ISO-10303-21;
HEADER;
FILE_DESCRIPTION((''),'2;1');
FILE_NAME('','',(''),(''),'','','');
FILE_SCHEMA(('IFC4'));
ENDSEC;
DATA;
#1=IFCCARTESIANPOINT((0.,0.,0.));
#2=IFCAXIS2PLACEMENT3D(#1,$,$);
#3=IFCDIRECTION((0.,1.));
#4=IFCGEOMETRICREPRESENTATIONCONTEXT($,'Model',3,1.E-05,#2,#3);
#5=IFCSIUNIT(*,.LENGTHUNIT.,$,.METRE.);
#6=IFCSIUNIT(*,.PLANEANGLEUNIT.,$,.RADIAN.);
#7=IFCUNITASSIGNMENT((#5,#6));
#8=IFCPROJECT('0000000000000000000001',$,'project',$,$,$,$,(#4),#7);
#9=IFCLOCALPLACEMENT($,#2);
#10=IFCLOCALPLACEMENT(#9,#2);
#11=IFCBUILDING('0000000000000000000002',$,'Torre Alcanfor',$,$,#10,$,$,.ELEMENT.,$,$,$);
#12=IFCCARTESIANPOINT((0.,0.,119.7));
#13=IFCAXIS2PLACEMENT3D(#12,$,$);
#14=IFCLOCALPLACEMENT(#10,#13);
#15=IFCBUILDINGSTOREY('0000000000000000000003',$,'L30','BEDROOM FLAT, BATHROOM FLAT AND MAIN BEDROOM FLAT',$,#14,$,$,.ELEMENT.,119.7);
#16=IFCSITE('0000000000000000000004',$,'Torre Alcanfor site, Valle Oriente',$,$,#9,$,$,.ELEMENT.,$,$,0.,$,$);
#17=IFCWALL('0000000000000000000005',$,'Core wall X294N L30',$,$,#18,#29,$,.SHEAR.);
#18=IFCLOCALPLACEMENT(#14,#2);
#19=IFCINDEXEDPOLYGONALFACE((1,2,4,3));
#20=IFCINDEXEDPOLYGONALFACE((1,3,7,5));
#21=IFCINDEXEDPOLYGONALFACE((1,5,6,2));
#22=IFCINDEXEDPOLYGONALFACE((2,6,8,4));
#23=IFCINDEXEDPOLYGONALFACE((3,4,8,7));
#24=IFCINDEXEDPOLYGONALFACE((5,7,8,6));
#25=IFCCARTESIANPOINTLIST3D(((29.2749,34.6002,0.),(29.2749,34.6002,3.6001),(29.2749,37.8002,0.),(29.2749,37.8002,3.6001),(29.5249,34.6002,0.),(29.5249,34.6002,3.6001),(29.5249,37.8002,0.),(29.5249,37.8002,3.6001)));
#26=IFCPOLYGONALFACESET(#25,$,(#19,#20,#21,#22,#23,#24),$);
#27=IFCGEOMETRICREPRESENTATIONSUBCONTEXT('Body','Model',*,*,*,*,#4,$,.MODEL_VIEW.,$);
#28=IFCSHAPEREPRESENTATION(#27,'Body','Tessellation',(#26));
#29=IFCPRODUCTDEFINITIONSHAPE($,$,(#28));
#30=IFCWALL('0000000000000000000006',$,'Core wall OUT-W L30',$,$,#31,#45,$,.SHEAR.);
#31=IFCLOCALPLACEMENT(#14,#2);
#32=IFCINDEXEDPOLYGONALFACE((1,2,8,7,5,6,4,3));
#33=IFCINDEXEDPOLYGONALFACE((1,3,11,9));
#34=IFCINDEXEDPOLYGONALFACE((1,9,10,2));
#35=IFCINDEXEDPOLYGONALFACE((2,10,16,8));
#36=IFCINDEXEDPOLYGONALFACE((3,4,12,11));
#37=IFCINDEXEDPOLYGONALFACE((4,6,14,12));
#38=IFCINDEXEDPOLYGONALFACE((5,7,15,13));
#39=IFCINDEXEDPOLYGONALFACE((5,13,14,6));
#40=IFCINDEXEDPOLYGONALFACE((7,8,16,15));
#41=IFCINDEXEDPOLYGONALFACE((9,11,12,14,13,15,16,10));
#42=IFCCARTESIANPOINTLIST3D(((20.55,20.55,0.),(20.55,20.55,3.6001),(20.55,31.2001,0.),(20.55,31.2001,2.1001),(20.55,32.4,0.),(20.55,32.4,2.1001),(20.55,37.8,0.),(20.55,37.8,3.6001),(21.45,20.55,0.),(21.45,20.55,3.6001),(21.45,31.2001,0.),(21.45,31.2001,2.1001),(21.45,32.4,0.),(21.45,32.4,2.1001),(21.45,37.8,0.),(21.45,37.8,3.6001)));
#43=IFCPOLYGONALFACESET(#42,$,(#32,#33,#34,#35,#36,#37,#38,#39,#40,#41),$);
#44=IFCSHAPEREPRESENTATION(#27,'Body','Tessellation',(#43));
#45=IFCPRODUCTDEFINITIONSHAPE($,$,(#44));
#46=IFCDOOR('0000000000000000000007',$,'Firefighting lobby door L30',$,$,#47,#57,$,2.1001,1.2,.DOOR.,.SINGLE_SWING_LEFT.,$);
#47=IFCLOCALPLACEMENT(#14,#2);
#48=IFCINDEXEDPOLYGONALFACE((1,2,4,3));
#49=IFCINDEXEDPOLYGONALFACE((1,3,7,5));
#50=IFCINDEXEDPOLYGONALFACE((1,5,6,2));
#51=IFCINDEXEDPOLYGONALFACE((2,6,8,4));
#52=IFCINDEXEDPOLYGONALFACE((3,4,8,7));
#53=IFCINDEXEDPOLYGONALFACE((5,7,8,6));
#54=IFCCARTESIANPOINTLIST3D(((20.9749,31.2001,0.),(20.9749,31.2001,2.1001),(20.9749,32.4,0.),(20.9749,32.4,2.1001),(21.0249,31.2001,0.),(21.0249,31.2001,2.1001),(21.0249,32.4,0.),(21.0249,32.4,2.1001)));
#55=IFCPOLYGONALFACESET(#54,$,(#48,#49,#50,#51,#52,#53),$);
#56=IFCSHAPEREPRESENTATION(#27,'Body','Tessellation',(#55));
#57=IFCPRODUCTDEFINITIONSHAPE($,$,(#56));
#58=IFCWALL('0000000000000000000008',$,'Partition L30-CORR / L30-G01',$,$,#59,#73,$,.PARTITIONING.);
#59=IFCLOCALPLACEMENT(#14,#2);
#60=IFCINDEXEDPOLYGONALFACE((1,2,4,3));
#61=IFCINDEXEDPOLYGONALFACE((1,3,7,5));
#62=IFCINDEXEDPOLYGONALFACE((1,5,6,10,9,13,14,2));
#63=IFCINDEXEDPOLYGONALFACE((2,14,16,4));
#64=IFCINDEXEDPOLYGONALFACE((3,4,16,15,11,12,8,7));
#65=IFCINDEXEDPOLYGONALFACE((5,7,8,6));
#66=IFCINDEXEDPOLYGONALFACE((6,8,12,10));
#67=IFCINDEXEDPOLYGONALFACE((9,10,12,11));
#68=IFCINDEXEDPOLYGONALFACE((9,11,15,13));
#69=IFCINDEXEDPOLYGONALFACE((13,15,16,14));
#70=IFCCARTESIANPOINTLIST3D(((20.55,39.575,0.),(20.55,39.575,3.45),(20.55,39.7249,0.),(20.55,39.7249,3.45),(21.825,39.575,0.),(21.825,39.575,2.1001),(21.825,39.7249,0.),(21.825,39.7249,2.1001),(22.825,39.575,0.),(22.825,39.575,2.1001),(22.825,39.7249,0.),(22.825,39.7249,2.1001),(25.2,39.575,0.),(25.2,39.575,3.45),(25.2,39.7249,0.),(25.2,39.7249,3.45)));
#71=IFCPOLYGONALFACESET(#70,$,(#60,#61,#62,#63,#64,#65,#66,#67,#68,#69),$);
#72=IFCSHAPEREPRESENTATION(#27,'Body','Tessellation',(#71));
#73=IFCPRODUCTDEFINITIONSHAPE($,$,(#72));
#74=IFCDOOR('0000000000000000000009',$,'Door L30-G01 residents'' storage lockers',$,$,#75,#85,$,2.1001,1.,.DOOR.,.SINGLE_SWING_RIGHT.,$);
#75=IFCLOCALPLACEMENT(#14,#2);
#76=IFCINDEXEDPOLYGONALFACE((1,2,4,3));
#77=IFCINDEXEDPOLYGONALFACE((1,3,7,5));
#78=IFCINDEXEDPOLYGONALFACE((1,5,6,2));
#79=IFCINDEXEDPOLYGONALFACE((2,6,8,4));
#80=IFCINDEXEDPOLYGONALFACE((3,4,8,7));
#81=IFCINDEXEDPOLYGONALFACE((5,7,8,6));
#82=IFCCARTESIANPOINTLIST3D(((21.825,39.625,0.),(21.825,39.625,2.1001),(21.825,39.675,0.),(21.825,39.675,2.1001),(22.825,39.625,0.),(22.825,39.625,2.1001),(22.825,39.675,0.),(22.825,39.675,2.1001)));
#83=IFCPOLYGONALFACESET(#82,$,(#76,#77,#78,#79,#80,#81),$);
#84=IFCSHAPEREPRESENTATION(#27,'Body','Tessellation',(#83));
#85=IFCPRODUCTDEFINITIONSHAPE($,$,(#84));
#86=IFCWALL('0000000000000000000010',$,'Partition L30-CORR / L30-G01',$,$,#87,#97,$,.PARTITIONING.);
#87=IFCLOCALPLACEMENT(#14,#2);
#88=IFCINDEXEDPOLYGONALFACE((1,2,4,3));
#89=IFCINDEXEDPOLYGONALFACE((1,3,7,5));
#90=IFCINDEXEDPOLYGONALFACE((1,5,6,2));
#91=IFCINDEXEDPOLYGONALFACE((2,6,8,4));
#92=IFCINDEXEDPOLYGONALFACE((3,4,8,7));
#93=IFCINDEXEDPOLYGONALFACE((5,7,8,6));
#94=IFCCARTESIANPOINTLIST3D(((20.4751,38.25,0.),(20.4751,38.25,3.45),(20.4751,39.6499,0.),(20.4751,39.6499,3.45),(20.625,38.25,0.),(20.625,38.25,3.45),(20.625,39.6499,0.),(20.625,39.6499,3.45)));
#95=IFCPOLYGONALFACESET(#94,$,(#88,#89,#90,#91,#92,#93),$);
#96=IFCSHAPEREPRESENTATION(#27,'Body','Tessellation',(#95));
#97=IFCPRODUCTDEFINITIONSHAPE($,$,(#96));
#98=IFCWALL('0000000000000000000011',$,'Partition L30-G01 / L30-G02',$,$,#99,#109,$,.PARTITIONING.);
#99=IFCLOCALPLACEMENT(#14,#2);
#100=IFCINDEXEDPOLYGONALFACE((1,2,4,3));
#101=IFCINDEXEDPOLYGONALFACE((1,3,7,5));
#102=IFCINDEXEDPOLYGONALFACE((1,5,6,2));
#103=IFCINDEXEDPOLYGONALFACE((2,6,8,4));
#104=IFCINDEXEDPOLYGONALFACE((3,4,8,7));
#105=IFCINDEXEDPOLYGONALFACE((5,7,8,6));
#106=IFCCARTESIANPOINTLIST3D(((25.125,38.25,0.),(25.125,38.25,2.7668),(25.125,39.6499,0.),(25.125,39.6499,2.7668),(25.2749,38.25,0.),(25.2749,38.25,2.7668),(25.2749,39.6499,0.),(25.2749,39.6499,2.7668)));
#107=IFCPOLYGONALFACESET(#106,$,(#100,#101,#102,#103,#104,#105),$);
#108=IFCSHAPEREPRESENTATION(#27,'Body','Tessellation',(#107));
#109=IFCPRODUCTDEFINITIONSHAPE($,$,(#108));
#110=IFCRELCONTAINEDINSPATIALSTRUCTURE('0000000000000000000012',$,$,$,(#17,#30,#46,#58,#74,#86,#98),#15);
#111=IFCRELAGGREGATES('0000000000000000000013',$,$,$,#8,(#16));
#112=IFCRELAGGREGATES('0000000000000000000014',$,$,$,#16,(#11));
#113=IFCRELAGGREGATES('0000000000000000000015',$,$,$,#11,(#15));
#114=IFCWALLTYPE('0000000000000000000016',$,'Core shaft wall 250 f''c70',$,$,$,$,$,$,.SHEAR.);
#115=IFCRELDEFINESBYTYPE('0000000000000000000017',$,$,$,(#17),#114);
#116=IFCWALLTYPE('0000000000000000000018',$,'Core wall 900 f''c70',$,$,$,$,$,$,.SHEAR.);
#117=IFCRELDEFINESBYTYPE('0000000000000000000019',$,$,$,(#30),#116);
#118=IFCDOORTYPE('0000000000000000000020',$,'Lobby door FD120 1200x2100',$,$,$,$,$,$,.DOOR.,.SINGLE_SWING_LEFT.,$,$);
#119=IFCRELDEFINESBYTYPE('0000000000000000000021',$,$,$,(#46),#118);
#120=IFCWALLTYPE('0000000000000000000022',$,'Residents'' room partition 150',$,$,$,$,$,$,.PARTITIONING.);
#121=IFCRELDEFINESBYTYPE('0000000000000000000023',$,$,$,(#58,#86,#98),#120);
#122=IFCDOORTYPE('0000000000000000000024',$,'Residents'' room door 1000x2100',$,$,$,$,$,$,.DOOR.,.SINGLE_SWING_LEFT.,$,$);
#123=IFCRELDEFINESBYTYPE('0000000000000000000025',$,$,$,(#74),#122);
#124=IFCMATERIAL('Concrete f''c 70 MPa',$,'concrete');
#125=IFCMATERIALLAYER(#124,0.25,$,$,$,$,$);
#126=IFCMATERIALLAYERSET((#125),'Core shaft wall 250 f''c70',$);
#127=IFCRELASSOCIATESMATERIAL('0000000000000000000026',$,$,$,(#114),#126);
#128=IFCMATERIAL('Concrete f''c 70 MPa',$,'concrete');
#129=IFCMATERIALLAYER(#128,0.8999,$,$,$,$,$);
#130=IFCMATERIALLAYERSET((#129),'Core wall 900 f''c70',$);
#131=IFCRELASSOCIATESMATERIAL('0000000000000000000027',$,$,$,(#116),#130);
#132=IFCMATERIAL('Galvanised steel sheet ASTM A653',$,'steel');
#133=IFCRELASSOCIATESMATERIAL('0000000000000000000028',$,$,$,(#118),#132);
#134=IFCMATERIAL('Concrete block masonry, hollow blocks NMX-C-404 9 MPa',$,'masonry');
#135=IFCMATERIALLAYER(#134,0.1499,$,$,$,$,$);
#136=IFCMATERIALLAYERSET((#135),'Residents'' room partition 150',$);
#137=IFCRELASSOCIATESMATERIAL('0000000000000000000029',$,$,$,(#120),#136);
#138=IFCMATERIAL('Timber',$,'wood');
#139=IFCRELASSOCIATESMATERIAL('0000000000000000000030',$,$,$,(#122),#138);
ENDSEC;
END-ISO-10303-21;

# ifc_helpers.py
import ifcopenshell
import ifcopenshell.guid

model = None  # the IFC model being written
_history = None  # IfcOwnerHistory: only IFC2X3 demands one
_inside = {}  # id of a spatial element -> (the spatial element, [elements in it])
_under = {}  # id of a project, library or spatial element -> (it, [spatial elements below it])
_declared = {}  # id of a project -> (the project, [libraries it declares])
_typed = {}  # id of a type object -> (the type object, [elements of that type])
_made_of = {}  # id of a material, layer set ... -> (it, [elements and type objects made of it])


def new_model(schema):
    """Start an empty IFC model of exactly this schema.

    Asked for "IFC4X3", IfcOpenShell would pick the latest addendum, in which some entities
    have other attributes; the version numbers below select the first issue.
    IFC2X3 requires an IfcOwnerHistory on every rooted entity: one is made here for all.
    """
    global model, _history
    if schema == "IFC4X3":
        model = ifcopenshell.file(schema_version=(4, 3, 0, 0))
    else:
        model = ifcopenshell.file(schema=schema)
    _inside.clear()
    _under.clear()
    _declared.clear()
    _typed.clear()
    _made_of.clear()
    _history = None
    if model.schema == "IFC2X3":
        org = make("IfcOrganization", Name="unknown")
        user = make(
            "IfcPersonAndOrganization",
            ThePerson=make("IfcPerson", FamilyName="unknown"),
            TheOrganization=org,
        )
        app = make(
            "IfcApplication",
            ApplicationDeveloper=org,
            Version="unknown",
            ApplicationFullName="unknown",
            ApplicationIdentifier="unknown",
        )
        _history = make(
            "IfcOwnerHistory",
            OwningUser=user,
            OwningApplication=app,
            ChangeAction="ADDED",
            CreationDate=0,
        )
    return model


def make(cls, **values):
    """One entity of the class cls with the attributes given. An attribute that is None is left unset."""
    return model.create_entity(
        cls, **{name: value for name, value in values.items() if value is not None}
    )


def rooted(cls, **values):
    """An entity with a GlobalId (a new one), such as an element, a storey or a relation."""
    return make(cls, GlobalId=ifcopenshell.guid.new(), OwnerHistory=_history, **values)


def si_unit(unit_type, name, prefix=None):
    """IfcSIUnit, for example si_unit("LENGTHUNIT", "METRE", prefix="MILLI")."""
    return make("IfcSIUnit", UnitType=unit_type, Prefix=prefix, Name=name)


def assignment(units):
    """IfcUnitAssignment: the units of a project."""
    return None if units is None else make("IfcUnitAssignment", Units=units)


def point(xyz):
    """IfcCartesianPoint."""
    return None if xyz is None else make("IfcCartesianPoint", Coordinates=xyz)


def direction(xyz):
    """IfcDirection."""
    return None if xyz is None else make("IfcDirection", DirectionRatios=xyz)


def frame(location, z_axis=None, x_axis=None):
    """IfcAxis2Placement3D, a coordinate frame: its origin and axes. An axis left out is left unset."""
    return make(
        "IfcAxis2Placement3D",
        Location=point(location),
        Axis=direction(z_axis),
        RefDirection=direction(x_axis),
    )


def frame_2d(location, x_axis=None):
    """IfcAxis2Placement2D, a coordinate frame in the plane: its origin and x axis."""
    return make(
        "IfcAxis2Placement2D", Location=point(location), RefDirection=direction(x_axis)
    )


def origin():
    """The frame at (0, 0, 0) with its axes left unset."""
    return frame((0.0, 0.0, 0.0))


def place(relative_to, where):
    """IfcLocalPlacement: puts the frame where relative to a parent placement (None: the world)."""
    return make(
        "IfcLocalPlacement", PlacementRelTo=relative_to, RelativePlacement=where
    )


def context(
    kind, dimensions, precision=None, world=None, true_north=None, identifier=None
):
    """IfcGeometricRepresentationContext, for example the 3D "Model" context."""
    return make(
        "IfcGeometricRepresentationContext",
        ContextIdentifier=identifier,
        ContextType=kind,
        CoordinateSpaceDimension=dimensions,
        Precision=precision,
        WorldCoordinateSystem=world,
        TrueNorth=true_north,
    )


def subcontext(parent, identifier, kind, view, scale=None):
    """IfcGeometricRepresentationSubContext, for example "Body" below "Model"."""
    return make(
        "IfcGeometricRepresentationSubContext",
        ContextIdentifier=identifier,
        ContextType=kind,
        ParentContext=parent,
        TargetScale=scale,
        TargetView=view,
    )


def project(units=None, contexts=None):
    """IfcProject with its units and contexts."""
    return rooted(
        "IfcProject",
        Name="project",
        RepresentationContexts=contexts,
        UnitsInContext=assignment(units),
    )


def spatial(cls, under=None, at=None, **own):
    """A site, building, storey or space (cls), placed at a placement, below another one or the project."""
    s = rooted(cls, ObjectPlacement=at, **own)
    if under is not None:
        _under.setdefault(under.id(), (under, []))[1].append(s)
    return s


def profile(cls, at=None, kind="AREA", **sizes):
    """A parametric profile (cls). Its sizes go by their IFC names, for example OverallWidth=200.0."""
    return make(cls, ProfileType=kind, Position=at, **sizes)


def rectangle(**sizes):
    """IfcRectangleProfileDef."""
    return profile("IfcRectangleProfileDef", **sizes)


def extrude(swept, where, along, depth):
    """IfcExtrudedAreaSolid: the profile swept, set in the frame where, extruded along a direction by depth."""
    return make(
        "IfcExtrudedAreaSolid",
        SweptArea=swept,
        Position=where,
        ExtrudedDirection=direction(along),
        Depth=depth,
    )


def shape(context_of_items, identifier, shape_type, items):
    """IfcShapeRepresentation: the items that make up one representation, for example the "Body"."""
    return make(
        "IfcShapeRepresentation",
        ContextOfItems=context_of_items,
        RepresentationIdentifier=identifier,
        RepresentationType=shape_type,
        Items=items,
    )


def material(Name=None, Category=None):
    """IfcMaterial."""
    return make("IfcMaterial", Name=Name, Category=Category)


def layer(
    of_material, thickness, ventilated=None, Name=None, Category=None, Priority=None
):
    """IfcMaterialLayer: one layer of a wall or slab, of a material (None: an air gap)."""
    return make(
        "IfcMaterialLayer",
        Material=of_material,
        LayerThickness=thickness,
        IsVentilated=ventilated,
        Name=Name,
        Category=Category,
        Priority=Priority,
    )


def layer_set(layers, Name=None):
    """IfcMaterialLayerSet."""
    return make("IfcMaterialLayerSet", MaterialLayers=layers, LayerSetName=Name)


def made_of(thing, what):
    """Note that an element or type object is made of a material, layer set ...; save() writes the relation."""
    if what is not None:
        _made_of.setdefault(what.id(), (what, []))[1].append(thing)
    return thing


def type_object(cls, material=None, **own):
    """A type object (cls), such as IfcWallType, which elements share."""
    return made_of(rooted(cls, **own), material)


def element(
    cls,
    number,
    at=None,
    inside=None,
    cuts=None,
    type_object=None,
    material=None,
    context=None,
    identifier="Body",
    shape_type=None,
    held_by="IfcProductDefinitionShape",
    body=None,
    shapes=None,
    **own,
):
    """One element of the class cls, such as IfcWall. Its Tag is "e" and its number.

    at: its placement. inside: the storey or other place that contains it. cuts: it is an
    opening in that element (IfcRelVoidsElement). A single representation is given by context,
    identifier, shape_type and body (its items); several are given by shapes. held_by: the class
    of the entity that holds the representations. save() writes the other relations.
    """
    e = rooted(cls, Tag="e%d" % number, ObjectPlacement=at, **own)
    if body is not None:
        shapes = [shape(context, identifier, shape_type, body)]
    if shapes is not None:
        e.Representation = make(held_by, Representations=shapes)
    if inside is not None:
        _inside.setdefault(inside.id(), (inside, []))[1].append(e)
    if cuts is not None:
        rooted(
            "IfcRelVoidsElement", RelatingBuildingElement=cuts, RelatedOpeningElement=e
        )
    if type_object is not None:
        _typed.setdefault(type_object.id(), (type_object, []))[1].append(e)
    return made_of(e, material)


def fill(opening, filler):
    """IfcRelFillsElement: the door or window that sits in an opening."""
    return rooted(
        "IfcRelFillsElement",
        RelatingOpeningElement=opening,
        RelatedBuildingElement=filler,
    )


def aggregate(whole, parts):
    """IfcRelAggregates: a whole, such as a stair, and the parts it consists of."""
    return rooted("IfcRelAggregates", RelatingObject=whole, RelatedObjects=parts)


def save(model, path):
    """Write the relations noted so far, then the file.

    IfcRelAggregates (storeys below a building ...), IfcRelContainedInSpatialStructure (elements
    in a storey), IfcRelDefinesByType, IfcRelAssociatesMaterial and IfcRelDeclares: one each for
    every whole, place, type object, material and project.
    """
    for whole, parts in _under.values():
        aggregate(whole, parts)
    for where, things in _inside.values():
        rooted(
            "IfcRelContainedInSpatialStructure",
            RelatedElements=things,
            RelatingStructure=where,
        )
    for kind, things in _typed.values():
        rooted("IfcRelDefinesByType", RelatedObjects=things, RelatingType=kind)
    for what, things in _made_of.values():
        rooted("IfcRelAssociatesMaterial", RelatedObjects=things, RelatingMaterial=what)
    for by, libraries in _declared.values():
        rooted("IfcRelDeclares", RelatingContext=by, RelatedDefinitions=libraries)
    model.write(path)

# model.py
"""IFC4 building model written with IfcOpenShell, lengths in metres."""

from ifc_helpers import new_model, si_unit, direction, frame, frame_2d, origin, place, context, subcontext, project, spatial, rectangle, extrude, material, layer, layer_set, type_object, element, fill, save


model = new_model("IFC4")

# Units and contexts
model_context = context("Model", 3, precision=1e-05, world=origin(), true_north=direction((0.0, 1.0)))
body_context = subcontext(model_context, "Body", "Model", "MODEL_VIEW")
ifc_project = project(units=[si_unit("LENGTHUNIT", "METRE"), si_unit("PLANEANGLEUNIT", "RADIAN")], contexts=[model_context])

# Site, building, storey
site_placement = place(None, origin())
site = spatial("IfcSite", under=ifc_project, at=site_placement, Name="Torre Alcanfor site, Valle Oriente", CompositionType="ELEMENT", RefElevation=0.0)
building_placement = place(site_placement, origin())
building = spatial("IfcBuilding", under=site, at=building_placement, Name="Torre Alcanfor", CompositionType="ELEMENT")
storey_placement = place(building_placement, frame((0.0, 0.0, 119.7)))
storey = spatial("IfcBuildingStorey", under=building, at=storey_placement, Name="L30", Description="BEDROOM FLAT, BATHROOM FLAT AND MAIN BEDROOM FLAT", CompositionType="ELEMENT", Elevation=119.7)

# Wall
ifc_material_1 = material(Name="Concrete f'c 70 MPa", Category="concrete")
ifc_layer_1 = layer(ifc_material_1, 0.25)
ifc_layer_set_1 = layer_set([ifc_layer_1], Name="Core shaft wall 250 f'c70")
wall_type_1 = type_object("IfcWallType", Name="Core shaft wall 250 f'c70", PredefinedType="SHEAR", material=ifc_layer_set_1)
wall_1_placement = place(storey_placement, frame((29.3999, 34.6001, 0.0), z_axis=(0.0, 0.0, 1.0), x_axis=(0.0, 1.0, 0.0)))
element("IfcWall", 1, at=wall_1_placement, inside=storey, type_object=wall_type_1, Name="Core wall X294N L30", PredefinedType="SHEAR", context=body_context, shape_type="SweptSolid", body=[
    extrude(rectangle(XDim=3.2, YDim=0.25, at=frame_2d((1.6001, 0.0))), origin(), (0.0, 0.0, 1.0), 3.6001),
])

# Walls, openings, doors
ifc_material_2 = material(Name="Concrete f'c 70 MPa", Category="concrete")
ifc_layer_2 = layer(ifc_material_2, 0.8999)
ifc_layer_set_2 = layer_set([ifc_layer_2], Name="Core wall 900 f'c70")
wall_type_2 = type_object("IfcWallType", Name="Core wall 900 f'c70", PredefinedType="SHEAR", material=ifc_layer_set_2)
wall_2_placement = place(storey_placement, frame((21.0, 37.8, 0.0), z_axis=(0.0, 0.0, 1.0), x_axis=(0.0, -1.0, 0.0)))
wall_2 = element("IfcWall", 2, at=wall_2_placement, inside=storey, type_object=wall_type_2, Name="Core wall OUT-W L30", PredefinedType="SHEAR", context=body_context, shape_type="SweptSolid", body=[
    extrude(rectangle(XDim=17.25, YDim=0.8999, at=frame_2d((8.625, 0.0))), origin(), (0.0, 0.0, 1.0), 3.6001),
])
opening_1_placement = place(wall_2_placement, frame((5.3999, 0.0, 0.0)))
opening_1 = element("IfcOpeningElement", 3, at=opening_1_placement, cuts=wall_2, PredefinedType="OPENING", context=body_context, shape_type="SweptSolid", body=[
    extrude(rectangle(XDim=1.2, YDim=2.1001, at=frame_2d((0.6001, 1.05))), frame((0.0, 0.46, 0.0), z_axis=(0.0, -1.0, 0.0), x_axis=(1.0, 0.0, 0.0)), (0.0, 0.0, 1.0), 0.9199),
])
ifc_material_3 = material(Name="Galvanised steel sheet ASTM A653", Category="steel")
door_type_1 = type_object("IfcDoorType", Name="Lobby door FD120 1200x2100", OperationType="SINGLE_SWING_LEFT", PredefinedType="DOOR", material=ifc_material_3)
door_1_placement = place(opening_1_placement, origin())
door_1 = element("IfcDoor", 4, at=door_1_placement, inside=storey, type_object=door_type_1, Name="Firefighting lobby door L30", OperationType="SINGLE_SWING_LEFT", OverallHeight=2.1001, OverallWidth=1.2, PredefinedType="DOOR", context=body_context, shape_type="SweptSolid", body=[
    extrude(rectangle(XDim=1.2, YDim=2.1001, at=frame_2d((0.6001, 1.05))), frame((0.0, 0.0249, 0.0), z_axis=(0.0, -1.0, 0.0), x_axis=(1.0, 0.0, 0.0)), (0.0, 0.0, 1.0), 0.05),
])
fill(opening_1, door_1)
ifc_material_4 = material(Name="Concrete block masonry, hollow blocks NMX-C-404 9 MPa", Category="masonry")
ifc_layer_3 = layer(ifc_material_4, 0.1499)
ifc_layer_set_3 = layer_set([ifc_layer_3], Name="Residents' room partition 150")
wall_type_3 = type_object("IfcWallType", Name="Residents' room partition 150", PredefinedType="PARTITIONING", material=ifc_layer_set_3)
wall_3_placement = place(storey_placement, frame((25.2, 39.6499, 0.0), z_axis=(0.0, 0.0, 1.0), x_axis=(-1.0, 0.0, 0.0)))
wall_3 = element("IfcWall", 5, at=wall_3_placement, inside=storey, type_object=wall_type_3, Name="Partition L30-CORR / L30-G01", PredefinedType="PARTITIONING", context=body_context, shape_type="SweptSolid", body=[
    extrude(rectangle(XDim=4.6499, YDim=0.1499, at=frame_2d((2.325, 0.0))), origin(), (0.0, 0.0, 1.0), 3.45),
])
opening_2_placement = place(wall_3_placement, frame((2.375, 0.0, 0.0)))
opening_2 = element("IfcOpeningElement", 6, at=opening_2_placement, cuts=wall_3, PredefinedType="OPENING", context=body_context, shape_type="SweptSolid", body=[
    extrude(rectangle(XDim=1.0, YDim=2.1001, at=frame_2d((0.5, 1.05))), frame((0.0, 0.085, 0.0), z_axis=(0.0, -1.0, 0.0), x_axis=(1.0, 0.0, 0.0)), (0.0, 0.0, 1.0), 0.1699),
])
ifc_material_5 = material(Name="Timber", Category="wood")
door_type_2 = type_object("IfcDoorType", Name="Residents' room door 1000x2100", OperationType="SINGLE_SWING_LEFT", PredefinedType="DOOR", material=ifc_material_5)
door_2_placement = place(opening_2_placement, origin())
door_2 = element("IfcDoor", 7, at=door_2_placement, inside=storey, type_object=door_type_2, Name="Door L30-G01 residents' storage lockers", OperationType="SINGLE_SWING_RIGHT", OverallHeight=2.1001, OverallWidth=1.0, PredefinedType="DOOR", context=body_context, shape_type="SweptSolid", body=[
    extrude(rectangle(XDim=1.0, YDim=2.1001, at=frame_2d((0.5, 1.05))), frame((0.0, 0.0249, 0.0), z_axis=(0.0, -1.0, 0.0), x_axis=(1.0, 0.0, 0.0)), (0.0, 0.0, 1.0), 0.05),
])
fill(opening_2, door_2)

# Walls
wall_4_placement = place(storey_placement, frame((20.55, 39.6499, 0.0), z_axis=(0.0, 0.0, 1.0), x_axis=(0.0, -1.0, 0.0)))
element("IfcWall", 8, at=wall_4_placement, inside=storey, type_object=wall_type_3, Name="Partition L30-CORR / L30-G01", PredefinedType="PARTITIONING", context=body_context, shape_type="SweptSolid", body=[
    extrude(rectangle(XDim=1.3999, YDim=0.1499, at=frame_2d((0.7, 0.0))), origin(), (0.0, 0.0, 1.0), 3.45),
])
wall_5_placement = place(storey_placement, frame((25.2, 38.25, 0.0), z_axis=(0.0, 0.0, 1.0), x_axis=(0.0, 1.0, 0.0)))
element("IfcWall", 9, at=wall_5_placement, inside=storey, type_object=wall_type_3, Name="Partition L30-G01 / L30-G02", PredefinedType="PARTITIONING", context=body_context, shape_type="SweptSolid", body=[
    extrude(rectangle(XDim=1.3999, YDim=0.1499, at=frame_2d((0.7, 0.0))), origin(), (0.0, 0.0, 1.0), 2.7668),
])

save(model, "model.ifc")
